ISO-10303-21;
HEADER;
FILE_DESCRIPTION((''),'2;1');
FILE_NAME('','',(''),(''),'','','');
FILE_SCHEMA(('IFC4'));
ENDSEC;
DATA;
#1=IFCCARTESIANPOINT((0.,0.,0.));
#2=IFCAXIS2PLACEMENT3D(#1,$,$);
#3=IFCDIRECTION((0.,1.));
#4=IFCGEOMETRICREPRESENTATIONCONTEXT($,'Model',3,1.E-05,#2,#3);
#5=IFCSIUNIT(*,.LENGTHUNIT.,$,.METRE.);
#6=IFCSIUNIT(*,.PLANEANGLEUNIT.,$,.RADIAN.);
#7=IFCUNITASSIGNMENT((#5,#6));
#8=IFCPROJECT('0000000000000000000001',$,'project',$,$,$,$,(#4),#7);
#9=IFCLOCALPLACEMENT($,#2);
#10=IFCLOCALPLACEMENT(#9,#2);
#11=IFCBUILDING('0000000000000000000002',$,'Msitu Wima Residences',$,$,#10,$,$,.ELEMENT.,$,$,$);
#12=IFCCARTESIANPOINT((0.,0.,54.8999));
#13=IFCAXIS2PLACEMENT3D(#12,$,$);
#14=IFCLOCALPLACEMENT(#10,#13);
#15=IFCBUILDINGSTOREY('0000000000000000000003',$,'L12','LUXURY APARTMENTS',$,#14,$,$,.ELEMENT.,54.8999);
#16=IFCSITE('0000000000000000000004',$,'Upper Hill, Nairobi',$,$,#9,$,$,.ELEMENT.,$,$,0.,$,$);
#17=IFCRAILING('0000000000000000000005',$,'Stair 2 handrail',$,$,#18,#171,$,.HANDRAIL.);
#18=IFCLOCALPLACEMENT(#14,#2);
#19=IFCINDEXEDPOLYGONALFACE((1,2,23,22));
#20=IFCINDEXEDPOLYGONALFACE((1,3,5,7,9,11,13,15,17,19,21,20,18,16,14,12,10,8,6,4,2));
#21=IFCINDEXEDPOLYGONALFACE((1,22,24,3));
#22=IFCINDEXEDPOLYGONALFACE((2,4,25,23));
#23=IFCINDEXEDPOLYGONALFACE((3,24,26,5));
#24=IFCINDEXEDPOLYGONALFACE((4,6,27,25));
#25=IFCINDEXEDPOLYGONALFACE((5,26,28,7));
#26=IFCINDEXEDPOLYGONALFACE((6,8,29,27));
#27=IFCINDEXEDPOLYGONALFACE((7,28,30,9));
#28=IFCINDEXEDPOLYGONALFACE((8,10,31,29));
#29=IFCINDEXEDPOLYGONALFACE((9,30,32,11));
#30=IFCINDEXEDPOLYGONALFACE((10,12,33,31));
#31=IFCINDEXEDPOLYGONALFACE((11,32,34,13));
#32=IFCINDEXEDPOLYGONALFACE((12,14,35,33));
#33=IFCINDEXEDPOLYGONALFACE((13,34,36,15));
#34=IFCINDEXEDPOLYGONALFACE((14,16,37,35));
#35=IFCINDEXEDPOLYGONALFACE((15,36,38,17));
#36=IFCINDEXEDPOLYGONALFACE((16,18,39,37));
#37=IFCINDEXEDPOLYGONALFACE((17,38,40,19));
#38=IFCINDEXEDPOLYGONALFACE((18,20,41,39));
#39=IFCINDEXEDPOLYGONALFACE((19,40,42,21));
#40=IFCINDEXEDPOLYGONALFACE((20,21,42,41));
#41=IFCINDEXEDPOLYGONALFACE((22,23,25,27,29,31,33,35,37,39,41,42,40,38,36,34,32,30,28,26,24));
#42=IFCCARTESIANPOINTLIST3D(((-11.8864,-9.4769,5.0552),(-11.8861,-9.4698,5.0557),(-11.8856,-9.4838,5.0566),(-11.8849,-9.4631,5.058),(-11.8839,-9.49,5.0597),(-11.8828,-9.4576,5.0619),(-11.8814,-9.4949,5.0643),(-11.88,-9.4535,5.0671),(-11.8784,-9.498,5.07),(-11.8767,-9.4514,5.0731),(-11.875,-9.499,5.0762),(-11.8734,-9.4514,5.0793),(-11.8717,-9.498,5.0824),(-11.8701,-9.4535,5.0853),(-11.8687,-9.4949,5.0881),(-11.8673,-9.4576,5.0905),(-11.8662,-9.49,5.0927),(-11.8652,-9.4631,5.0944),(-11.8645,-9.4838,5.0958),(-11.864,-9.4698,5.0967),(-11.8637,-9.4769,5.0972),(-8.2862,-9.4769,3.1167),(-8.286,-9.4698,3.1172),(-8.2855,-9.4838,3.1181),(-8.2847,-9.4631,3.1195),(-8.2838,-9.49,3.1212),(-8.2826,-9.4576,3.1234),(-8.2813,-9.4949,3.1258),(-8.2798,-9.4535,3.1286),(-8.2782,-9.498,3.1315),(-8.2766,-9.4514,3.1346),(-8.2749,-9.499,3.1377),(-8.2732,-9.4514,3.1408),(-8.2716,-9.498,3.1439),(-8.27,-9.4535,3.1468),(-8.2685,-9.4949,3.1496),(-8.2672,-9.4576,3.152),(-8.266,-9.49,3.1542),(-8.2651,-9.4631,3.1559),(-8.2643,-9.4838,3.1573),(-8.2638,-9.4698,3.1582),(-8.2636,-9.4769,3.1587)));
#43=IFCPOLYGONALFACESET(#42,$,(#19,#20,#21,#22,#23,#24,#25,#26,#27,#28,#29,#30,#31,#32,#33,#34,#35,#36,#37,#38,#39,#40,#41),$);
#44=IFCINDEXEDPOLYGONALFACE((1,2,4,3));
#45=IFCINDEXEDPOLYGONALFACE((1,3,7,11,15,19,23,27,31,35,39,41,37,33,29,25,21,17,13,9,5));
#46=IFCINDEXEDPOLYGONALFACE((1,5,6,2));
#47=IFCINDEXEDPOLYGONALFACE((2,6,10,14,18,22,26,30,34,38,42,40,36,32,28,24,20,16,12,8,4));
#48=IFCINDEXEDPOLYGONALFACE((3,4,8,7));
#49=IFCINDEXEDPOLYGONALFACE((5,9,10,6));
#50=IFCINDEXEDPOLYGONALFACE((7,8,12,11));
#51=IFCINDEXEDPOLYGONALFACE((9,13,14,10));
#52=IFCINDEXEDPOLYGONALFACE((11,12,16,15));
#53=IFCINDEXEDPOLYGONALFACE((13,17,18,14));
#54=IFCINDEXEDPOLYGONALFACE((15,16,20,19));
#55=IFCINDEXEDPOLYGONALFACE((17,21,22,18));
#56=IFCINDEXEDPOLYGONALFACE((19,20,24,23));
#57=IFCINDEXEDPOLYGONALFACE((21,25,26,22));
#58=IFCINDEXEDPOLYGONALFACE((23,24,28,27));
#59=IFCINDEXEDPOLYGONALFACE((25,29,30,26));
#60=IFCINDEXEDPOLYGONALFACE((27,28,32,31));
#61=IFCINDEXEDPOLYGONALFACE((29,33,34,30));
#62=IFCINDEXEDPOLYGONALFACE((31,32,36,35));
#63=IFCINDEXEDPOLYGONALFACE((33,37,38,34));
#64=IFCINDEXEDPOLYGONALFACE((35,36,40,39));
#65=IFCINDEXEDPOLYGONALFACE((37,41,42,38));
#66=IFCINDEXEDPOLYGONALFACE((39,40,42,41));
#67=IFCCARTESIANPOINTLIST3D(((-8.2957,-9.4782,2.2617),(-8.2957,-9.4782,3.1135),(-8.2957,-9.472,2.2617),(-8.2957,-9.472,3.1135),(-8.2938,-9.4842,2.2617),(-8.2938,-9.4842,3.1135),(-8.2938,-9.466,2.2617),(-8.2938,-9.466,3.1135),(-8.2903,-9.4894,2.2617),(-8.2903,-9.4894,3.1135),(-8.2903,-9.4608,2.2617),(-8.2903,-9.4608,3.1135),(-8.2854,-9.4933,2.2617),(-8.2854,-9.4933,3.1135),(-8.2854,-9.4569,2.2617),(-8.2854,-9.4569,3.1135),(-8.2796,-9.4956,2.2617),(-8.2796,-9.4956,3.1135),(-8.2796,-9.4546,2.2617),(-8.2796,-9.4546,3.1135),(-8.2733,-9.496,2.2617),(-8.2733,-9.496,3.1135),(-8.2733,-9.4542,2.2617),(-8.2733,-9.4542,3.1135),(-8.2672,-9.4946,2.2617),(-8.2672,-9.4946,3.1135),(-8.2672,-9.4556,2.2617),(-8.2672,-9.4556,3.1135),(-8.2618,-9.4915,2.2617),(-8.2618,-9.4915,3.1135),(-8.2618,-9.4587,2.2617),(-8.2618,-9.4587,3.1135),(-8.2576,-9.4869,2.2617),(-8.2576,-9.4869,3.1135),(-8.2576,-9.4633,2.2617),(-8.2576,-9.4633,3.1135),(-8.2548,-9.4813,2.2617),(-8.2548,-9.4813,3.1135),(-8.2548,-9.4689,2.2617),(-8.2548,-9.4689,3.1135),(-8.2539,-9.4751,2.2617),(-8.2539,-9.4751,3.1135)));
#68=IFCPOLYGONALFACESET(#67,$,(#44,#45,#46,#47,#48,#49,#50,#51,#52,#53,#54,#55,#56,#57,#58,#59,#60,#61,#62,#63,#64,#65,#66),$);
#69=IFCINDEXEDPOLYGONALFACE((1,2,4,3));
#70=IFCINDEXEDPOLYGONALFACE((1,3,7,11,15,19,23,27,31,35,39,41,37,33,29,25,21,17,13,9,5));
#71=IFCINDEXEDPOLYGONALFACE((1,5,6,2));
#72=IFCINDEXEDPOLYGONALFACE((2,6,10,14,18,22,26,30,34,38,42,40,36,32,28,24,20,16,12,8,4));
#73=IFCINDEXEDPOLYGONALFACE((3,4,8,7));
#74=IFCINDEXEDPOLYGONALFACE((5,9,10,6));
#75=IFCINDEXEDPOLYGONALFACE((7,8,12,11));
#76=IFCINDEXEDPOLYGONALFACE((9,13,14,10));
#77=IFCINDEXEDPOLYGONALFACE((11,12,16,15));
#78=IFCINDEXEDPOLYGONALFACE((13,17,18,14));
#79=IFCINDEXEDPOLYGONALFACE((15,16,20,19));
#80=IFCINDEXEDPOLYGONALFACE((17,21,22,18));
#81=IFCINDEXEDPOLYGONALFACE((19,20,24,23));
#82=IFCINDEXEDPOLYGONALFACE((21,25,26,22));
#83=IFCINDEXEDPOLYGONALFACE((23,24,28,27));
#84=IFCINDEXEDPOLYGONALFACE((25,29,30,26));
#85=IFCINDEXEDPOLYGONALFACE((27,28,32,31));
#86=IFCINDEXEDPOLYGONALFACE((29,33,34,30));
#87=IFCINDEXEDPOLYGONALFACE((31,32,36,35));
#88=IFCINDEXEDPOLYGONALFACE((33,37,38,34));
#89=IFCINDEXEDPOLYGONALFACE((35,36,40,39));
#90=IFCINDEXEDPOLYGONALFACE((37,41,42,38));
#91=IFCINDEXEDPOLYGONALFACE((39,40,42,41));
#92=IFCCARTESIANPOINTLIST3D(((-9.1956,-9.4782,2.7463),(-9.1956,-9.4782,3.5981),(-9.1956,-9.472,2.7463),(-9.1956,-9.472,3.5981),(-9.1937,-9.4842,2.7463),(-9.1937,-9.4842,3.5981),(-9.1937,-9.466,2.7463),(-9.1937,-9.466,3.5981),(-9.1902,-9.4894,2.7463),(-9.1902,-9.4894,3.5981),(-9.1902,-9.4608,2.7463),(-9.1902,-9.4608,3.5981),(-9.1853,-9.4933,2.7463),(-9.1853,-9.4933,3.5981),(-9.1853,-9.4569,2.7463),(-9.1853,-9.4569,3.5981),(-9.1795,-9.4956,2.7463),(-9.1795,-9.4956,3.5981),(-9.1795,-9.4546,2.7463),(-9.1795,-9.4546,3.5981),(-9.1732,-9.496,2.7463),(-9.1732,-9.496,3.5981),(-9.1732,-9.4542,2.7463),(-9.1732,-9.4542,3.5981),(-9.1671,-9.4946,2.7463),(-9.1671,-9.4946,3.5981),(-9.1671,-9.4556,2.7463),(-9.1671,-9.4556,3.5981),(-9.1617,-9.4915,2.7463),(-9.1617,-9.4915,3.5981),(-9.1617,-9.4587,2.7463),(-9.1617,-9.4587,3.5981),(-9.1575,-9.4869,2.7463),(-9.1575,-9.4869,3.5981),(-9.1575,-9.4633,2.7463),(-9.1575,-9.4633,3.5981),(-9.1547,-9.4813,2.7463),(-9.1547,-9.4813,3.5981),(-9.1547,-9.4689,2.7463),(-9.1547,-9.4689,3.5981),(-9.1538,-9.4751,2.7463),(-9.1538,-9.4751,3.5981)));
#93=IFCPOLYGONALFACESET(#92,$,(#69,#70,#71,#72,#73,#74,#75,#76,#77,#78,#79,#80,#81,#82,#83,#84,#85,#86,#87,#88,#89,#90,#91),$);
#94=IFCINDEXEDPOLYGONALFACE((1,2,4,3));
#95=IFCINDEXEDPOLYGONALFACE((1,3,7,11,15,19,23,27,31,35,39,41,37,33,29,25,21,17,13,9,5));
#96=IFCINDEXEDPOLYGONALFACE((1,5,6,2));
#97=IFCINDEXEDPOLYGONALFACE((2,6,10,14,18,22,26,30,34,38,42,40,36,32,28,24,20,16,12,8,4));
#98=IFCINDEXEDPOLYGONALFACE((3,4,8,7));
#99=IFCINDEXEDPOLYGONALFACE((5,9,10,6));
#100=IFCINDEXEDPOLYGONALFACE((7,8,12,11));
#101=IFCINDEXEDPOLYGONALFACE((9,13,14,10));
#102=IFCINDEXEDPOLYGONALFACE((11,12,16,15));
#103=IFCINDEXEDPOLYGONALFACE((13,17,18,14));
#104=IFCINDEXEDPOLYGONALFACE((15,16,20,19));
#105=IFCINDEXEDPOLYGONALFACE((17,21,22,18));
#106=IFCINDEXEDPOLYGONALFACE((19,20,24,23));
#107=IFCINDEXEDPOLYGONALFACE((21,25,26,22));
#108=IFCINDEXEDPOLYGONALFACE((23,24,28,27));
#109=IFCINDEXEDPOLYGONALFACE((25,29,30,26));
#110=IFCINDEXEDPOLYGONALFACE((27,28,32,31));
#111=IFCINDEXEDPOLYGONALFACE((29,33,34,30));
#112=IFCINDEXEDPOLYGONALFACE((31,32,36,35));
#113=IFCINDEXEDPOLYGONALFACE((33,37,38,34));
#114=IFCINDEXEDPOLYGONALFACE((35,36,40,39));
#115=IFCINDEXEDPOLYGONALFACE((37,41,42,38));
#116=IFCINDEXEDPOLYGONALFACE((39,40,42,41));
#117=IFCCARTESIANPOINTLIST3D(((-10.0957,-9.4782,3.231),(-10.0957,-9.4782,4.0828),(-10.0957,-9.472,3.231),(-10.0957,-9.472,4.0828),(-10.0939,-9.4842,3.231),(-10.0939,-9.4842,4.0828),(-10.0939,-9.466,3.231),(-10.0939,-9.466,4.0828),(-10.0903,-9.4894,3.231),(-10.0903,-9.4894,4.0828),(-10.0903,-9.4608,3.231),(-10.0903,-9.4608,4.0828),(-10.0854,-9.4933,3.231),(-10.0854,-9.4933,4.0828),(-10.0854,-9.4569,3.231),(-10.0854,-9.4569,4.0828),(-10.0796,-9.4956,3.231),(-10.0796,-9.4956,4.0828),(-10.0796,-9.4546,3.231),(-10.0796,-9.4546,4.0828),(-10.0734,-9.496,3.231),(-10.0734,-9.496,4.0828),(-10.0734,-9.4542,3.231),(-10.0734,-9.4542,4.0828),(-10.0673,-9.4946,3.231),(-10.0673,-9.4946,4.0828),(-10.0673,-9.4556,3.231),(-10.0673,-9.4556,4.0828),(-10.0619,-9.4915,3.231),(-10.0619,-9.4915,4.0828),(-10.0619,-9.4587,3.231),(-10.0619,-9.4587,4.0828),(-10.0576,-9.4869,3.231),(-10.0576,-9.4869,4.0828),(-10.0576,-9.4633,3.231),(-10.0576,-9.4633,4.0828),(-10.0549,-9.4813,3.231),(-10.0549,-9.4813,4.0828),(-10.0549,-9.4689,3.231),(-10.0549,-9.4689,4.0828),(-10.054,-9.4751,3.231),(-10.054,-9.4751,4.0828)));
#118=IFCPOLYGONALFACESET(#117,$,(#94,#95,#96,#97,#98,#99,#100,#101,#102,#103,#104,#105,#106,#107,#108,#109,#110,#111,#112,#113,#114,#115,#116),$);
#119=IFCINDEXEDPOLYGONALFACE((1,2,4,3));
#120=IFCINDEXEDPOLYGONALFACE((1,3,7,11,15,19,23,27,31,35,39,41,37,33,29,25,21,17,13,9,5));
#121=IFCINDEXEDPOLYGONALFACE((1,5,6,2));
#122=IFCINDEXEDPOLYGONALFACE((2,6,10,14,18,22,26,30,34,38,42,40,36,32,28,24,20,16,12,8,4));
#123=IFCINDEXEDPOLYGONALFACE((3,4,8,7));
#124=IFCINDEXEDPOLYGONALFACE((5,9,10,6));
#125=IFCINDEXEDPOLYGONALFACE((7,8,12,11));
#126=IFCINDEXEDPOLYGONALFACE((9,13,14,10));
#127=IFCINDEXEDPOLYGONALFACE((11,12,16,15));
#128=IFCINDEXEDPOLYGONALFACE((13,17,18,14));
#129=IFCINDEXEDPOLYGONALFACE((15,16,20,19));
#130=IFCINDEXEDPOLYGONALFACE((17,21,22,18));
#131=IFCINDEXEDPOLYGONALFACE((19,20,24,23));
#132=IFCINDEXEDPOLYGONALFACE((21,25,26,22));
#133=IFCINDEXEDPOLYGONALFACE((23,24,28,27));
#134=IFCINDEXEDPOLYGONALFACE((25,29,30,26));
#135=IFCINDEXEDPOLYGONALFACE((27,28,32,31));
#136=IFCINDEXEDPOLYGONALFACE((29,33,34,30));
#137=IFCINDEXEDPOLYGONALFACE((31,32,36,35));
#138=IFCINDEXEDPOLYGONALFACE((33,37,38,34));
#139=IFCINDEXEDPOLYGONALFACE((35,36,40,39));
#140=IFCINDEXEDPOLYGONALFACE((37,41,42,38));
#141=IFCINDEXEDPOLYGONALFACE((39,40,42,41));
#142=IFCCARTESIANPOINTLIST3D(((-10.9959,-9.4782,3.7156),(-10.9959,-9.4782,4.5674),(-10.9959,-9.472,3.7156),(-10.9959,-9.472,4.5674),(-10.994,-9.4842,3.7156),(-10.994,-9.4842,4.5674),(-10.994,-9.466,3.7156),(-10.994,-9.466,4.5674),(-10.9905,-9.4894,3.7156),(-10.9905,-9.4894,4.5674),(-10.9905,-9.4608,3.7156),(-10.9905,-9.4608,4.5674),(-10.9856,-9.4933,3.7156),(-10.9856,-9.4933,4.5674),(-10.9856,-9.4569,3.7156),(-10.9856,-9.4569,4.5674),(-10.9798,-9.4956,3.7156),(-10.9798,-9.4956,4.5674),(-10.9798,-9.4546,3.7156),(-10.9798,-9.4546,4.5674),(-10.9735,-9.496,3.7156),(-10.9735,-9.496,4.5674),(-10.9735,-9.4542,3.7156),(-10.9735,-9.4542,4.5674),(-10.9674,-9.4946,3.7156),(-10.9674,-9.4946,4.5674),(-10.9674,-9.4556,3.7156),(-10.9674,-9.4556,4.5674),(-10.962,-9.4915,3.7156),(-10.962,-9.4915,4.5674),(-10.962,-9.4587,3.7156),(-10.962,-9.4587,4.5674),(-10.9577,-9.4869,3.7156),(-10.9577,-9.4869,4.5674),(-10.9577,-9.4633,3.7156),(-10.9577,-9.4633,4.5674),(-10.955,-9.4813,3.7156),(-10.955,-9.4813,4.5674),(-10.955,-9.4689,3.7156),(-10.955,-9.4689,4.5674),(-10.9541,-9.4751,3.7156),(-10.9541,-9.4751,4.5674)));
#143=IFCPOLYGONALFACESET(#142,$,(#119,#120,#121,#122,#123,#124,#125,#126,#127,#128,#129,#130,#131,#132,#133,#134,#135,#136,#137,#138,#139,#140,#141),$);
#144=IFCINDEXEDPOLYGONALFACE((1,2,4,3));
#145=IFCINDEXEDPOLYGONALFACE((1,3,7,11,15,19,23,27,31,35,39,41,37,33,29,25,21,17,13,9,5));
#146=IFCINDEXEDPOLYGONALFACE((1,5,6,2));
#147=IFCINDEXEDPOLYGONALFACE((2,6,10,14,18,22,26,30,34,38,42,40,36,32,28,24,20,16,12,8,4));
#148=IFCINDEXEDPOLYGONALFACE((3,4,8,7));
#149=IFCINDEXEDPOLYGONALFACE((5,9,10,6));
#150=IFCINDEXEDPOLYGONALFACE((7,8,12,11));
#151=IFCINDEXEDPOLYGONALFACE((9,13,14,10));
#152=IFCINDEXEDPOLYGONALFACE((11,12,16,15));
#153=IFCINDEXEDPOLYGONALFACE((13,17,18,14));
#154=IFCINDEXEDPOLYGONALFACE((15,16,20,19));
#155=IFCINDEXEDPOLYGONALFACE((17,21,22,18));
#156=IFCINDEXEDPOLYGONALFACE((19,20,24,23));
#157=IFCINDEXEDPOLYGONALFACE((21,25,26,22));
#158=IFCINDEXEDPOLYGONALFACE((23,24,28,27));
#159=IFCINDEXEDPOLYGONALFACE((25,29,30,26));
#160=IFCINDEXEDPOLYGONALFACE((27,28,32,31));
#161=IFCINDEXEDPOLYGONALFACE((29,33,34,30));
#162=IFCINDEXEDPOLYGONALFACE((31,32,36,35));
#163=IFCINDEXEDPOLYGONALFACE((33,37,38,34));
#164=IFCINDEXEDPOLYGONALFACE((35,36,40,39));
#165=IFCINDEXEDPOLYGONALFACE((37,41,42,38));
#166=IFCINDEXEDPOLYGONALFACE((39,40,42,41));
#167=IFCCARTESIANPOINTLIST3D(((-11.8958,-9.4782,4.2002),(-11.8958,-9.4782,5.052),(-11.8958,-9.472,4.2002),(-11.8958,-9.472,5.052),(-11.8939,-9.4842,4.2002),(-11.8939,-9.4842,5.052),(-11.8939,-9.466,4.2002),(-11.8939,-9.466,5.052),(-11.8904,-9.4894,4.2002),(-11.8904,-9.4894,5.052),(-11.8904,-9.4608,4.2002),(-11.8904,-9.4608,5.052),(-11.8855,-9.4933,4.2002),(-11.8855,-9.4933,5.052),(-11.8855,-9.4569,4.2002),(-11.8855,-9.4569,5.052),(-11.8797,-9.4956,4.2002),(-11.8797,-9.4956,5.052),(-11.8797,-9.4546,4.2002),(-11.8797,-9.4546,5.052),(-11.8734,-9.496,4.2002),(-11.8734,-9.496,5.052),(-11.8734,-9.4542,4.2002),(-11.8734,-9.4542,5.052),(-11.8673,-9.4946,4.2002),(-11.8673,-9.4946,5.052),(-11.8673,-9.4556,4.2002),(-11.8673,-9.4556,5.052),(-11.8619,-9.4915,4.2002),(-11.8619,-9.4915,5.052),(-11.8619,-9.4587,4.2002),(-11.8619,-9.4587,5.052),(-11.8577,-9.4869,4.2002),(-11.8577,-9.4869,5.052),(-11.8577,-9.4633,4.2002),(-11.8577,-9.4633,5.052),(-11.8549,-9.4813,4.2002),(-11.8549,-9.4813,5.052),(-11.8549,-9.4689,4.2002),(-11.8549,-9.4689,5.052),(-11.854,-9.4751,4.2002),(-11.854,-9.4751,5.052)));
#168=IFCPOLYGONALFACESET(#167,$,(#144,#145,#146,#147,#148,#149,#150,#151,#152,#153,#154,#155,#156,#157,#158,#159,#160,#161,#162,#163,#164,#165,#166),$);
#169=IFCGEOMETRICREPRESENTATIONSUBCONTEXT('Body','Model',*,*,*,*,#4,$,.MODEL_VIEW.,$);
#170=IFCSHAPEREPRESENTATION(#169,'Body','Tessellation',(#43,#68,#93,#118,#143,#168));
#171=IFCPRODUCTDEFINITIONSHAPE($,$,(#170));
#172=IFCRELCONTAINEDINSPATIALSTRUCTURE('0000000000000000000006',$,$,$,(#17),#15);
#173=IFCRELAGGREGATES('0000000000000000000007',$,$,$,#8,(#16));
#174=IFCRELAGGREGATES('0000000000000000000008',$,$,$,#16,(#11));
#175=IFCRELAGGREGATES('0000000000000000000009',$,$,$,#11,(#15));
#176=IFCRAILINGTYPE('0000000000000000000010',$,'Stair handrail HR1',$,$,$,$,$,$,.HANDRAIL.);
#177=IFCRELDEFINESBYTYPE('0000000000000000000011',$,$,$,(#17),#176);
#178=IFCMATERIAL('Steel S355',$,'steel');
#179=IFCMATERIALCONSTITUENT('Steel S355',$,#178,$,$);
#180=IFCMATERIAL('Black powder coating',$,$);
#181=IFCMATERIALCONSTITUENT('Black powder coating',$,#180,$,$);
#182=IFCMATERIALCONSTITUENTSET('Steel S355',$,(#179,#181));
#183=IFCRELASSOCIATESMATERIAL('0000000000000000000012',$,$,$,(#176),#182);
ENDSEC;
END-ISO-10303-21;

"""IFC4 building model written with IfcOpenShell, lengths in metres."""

from ifc_helpers import new_model, si_unit, direction, frame, origin, origin_2d, place, context, subcontext, project, spatial, circle, extrude, material, constituent, constituent_set, type_object, element, save


model = new_model("IFC4")

# Units and contexts
model_context = context("Model", 3, precision=1e-05, world=origin(), true_north=direction((0.0, 1.0)))
body_context = subcontext(model_context, "Body", "Model", "MODEL_VIEW")
ifc_project = project(units=[si_unit("LENGTHUNIT", "METRE"), si_unit("PLANEANGLEUNIT", "RADIAN")], contexts=[model_context])

# Site, building, storey
site_placement = place(None, origin())
site = spatial("IfcSite", under=ifc_project, at=site_placement, Name="Upper Hill, Nairobi", CompositionType="ELEMENT", RefElevation=0.0)
building_placement = place(site_placement, origin())
building = spatial("IfcBuilding", under=site, at=building_placement, Name="Msitu Wima Residences", CompositionType="ELEMENT")
storey_placement = place(building_placement, frame((0.0, 0.0, 54.8999)))
storey = spatial("IfcBuildingStorey", under=building, at=storey_placement, Name="L12", Description="LUXURY APARTMENTS", CompositionType="ELEMENT", Elevation=54.8999)

# Railing
ifc_material_1 = material(Name="Steel S355", Category="steel")
ifc_constituent_1 = constituent(ifc_material_1, Name="Steel S355")
ifc_material_2 = material(Name="Black powder coating")
ifc_constituent_2 = constituent(ifc_material_2, Name="Black powder coating")
ifc_constituent_set = constituent_set(constituents=[ifc_constituent_1, ifc_constituent_2], Name="Steel S355")
railing_type = type_object("IfcRailingType", Name="Stair handrail HR1", PredefinedType="HANDRAIL", material=ifc_constituent_set)
for number, where, name in (
    (1, (-8.2749, -9.4751, 2.2617), "Stair 2 handrail"),
):
    element("IfcRailing", number, at=place(storey_placement, frame(where)), inside=storey, type_object=railing_type, Name=name, PredefinedType="HANDRAIL", context=body_context, shape_type="SweptSolid", body=[
        extrude(circle(Radius=0.0239, at=origin_2d()), frame((0.0, 0.0, 0.876), z_axis=(-0.880475, 0.0, 0.474093), x_axis=(0.0, -1.0, 0.0)), (0.0, 0.0, 1.0), 4.0889),
        extrude(circle(Radius=0.021, at=origin_2d()), origin(), (0.0, 0.0, 1.0), 0.8518),
        extrude(circle(Radius=0.021, at=origin_2d()), frame((-0.8999, 0.0, 0.4846)), (0.0, 0.0, 1.0), 0.8518),
        extrude(circle(Radius=0.021, at=origin_2d()), frame((-1.8, 0.0, 0.9692)), (0.0, 0.0, 1.0), 0.8518),
        extrude(circle(Radius=0.021, at=origin_2d()), frame((-2.7002, 0.0, 1.4539)), (0.0, 0.0, 1.0), 0.8518),
        extrude(circle(Radius=0.021, at=origin_2d()), frame((-3.6001, 0.0, 1.9385)), (0.0, 0.0, 1.0), 0.8518),
    ])

save(model, "model.ifc")
